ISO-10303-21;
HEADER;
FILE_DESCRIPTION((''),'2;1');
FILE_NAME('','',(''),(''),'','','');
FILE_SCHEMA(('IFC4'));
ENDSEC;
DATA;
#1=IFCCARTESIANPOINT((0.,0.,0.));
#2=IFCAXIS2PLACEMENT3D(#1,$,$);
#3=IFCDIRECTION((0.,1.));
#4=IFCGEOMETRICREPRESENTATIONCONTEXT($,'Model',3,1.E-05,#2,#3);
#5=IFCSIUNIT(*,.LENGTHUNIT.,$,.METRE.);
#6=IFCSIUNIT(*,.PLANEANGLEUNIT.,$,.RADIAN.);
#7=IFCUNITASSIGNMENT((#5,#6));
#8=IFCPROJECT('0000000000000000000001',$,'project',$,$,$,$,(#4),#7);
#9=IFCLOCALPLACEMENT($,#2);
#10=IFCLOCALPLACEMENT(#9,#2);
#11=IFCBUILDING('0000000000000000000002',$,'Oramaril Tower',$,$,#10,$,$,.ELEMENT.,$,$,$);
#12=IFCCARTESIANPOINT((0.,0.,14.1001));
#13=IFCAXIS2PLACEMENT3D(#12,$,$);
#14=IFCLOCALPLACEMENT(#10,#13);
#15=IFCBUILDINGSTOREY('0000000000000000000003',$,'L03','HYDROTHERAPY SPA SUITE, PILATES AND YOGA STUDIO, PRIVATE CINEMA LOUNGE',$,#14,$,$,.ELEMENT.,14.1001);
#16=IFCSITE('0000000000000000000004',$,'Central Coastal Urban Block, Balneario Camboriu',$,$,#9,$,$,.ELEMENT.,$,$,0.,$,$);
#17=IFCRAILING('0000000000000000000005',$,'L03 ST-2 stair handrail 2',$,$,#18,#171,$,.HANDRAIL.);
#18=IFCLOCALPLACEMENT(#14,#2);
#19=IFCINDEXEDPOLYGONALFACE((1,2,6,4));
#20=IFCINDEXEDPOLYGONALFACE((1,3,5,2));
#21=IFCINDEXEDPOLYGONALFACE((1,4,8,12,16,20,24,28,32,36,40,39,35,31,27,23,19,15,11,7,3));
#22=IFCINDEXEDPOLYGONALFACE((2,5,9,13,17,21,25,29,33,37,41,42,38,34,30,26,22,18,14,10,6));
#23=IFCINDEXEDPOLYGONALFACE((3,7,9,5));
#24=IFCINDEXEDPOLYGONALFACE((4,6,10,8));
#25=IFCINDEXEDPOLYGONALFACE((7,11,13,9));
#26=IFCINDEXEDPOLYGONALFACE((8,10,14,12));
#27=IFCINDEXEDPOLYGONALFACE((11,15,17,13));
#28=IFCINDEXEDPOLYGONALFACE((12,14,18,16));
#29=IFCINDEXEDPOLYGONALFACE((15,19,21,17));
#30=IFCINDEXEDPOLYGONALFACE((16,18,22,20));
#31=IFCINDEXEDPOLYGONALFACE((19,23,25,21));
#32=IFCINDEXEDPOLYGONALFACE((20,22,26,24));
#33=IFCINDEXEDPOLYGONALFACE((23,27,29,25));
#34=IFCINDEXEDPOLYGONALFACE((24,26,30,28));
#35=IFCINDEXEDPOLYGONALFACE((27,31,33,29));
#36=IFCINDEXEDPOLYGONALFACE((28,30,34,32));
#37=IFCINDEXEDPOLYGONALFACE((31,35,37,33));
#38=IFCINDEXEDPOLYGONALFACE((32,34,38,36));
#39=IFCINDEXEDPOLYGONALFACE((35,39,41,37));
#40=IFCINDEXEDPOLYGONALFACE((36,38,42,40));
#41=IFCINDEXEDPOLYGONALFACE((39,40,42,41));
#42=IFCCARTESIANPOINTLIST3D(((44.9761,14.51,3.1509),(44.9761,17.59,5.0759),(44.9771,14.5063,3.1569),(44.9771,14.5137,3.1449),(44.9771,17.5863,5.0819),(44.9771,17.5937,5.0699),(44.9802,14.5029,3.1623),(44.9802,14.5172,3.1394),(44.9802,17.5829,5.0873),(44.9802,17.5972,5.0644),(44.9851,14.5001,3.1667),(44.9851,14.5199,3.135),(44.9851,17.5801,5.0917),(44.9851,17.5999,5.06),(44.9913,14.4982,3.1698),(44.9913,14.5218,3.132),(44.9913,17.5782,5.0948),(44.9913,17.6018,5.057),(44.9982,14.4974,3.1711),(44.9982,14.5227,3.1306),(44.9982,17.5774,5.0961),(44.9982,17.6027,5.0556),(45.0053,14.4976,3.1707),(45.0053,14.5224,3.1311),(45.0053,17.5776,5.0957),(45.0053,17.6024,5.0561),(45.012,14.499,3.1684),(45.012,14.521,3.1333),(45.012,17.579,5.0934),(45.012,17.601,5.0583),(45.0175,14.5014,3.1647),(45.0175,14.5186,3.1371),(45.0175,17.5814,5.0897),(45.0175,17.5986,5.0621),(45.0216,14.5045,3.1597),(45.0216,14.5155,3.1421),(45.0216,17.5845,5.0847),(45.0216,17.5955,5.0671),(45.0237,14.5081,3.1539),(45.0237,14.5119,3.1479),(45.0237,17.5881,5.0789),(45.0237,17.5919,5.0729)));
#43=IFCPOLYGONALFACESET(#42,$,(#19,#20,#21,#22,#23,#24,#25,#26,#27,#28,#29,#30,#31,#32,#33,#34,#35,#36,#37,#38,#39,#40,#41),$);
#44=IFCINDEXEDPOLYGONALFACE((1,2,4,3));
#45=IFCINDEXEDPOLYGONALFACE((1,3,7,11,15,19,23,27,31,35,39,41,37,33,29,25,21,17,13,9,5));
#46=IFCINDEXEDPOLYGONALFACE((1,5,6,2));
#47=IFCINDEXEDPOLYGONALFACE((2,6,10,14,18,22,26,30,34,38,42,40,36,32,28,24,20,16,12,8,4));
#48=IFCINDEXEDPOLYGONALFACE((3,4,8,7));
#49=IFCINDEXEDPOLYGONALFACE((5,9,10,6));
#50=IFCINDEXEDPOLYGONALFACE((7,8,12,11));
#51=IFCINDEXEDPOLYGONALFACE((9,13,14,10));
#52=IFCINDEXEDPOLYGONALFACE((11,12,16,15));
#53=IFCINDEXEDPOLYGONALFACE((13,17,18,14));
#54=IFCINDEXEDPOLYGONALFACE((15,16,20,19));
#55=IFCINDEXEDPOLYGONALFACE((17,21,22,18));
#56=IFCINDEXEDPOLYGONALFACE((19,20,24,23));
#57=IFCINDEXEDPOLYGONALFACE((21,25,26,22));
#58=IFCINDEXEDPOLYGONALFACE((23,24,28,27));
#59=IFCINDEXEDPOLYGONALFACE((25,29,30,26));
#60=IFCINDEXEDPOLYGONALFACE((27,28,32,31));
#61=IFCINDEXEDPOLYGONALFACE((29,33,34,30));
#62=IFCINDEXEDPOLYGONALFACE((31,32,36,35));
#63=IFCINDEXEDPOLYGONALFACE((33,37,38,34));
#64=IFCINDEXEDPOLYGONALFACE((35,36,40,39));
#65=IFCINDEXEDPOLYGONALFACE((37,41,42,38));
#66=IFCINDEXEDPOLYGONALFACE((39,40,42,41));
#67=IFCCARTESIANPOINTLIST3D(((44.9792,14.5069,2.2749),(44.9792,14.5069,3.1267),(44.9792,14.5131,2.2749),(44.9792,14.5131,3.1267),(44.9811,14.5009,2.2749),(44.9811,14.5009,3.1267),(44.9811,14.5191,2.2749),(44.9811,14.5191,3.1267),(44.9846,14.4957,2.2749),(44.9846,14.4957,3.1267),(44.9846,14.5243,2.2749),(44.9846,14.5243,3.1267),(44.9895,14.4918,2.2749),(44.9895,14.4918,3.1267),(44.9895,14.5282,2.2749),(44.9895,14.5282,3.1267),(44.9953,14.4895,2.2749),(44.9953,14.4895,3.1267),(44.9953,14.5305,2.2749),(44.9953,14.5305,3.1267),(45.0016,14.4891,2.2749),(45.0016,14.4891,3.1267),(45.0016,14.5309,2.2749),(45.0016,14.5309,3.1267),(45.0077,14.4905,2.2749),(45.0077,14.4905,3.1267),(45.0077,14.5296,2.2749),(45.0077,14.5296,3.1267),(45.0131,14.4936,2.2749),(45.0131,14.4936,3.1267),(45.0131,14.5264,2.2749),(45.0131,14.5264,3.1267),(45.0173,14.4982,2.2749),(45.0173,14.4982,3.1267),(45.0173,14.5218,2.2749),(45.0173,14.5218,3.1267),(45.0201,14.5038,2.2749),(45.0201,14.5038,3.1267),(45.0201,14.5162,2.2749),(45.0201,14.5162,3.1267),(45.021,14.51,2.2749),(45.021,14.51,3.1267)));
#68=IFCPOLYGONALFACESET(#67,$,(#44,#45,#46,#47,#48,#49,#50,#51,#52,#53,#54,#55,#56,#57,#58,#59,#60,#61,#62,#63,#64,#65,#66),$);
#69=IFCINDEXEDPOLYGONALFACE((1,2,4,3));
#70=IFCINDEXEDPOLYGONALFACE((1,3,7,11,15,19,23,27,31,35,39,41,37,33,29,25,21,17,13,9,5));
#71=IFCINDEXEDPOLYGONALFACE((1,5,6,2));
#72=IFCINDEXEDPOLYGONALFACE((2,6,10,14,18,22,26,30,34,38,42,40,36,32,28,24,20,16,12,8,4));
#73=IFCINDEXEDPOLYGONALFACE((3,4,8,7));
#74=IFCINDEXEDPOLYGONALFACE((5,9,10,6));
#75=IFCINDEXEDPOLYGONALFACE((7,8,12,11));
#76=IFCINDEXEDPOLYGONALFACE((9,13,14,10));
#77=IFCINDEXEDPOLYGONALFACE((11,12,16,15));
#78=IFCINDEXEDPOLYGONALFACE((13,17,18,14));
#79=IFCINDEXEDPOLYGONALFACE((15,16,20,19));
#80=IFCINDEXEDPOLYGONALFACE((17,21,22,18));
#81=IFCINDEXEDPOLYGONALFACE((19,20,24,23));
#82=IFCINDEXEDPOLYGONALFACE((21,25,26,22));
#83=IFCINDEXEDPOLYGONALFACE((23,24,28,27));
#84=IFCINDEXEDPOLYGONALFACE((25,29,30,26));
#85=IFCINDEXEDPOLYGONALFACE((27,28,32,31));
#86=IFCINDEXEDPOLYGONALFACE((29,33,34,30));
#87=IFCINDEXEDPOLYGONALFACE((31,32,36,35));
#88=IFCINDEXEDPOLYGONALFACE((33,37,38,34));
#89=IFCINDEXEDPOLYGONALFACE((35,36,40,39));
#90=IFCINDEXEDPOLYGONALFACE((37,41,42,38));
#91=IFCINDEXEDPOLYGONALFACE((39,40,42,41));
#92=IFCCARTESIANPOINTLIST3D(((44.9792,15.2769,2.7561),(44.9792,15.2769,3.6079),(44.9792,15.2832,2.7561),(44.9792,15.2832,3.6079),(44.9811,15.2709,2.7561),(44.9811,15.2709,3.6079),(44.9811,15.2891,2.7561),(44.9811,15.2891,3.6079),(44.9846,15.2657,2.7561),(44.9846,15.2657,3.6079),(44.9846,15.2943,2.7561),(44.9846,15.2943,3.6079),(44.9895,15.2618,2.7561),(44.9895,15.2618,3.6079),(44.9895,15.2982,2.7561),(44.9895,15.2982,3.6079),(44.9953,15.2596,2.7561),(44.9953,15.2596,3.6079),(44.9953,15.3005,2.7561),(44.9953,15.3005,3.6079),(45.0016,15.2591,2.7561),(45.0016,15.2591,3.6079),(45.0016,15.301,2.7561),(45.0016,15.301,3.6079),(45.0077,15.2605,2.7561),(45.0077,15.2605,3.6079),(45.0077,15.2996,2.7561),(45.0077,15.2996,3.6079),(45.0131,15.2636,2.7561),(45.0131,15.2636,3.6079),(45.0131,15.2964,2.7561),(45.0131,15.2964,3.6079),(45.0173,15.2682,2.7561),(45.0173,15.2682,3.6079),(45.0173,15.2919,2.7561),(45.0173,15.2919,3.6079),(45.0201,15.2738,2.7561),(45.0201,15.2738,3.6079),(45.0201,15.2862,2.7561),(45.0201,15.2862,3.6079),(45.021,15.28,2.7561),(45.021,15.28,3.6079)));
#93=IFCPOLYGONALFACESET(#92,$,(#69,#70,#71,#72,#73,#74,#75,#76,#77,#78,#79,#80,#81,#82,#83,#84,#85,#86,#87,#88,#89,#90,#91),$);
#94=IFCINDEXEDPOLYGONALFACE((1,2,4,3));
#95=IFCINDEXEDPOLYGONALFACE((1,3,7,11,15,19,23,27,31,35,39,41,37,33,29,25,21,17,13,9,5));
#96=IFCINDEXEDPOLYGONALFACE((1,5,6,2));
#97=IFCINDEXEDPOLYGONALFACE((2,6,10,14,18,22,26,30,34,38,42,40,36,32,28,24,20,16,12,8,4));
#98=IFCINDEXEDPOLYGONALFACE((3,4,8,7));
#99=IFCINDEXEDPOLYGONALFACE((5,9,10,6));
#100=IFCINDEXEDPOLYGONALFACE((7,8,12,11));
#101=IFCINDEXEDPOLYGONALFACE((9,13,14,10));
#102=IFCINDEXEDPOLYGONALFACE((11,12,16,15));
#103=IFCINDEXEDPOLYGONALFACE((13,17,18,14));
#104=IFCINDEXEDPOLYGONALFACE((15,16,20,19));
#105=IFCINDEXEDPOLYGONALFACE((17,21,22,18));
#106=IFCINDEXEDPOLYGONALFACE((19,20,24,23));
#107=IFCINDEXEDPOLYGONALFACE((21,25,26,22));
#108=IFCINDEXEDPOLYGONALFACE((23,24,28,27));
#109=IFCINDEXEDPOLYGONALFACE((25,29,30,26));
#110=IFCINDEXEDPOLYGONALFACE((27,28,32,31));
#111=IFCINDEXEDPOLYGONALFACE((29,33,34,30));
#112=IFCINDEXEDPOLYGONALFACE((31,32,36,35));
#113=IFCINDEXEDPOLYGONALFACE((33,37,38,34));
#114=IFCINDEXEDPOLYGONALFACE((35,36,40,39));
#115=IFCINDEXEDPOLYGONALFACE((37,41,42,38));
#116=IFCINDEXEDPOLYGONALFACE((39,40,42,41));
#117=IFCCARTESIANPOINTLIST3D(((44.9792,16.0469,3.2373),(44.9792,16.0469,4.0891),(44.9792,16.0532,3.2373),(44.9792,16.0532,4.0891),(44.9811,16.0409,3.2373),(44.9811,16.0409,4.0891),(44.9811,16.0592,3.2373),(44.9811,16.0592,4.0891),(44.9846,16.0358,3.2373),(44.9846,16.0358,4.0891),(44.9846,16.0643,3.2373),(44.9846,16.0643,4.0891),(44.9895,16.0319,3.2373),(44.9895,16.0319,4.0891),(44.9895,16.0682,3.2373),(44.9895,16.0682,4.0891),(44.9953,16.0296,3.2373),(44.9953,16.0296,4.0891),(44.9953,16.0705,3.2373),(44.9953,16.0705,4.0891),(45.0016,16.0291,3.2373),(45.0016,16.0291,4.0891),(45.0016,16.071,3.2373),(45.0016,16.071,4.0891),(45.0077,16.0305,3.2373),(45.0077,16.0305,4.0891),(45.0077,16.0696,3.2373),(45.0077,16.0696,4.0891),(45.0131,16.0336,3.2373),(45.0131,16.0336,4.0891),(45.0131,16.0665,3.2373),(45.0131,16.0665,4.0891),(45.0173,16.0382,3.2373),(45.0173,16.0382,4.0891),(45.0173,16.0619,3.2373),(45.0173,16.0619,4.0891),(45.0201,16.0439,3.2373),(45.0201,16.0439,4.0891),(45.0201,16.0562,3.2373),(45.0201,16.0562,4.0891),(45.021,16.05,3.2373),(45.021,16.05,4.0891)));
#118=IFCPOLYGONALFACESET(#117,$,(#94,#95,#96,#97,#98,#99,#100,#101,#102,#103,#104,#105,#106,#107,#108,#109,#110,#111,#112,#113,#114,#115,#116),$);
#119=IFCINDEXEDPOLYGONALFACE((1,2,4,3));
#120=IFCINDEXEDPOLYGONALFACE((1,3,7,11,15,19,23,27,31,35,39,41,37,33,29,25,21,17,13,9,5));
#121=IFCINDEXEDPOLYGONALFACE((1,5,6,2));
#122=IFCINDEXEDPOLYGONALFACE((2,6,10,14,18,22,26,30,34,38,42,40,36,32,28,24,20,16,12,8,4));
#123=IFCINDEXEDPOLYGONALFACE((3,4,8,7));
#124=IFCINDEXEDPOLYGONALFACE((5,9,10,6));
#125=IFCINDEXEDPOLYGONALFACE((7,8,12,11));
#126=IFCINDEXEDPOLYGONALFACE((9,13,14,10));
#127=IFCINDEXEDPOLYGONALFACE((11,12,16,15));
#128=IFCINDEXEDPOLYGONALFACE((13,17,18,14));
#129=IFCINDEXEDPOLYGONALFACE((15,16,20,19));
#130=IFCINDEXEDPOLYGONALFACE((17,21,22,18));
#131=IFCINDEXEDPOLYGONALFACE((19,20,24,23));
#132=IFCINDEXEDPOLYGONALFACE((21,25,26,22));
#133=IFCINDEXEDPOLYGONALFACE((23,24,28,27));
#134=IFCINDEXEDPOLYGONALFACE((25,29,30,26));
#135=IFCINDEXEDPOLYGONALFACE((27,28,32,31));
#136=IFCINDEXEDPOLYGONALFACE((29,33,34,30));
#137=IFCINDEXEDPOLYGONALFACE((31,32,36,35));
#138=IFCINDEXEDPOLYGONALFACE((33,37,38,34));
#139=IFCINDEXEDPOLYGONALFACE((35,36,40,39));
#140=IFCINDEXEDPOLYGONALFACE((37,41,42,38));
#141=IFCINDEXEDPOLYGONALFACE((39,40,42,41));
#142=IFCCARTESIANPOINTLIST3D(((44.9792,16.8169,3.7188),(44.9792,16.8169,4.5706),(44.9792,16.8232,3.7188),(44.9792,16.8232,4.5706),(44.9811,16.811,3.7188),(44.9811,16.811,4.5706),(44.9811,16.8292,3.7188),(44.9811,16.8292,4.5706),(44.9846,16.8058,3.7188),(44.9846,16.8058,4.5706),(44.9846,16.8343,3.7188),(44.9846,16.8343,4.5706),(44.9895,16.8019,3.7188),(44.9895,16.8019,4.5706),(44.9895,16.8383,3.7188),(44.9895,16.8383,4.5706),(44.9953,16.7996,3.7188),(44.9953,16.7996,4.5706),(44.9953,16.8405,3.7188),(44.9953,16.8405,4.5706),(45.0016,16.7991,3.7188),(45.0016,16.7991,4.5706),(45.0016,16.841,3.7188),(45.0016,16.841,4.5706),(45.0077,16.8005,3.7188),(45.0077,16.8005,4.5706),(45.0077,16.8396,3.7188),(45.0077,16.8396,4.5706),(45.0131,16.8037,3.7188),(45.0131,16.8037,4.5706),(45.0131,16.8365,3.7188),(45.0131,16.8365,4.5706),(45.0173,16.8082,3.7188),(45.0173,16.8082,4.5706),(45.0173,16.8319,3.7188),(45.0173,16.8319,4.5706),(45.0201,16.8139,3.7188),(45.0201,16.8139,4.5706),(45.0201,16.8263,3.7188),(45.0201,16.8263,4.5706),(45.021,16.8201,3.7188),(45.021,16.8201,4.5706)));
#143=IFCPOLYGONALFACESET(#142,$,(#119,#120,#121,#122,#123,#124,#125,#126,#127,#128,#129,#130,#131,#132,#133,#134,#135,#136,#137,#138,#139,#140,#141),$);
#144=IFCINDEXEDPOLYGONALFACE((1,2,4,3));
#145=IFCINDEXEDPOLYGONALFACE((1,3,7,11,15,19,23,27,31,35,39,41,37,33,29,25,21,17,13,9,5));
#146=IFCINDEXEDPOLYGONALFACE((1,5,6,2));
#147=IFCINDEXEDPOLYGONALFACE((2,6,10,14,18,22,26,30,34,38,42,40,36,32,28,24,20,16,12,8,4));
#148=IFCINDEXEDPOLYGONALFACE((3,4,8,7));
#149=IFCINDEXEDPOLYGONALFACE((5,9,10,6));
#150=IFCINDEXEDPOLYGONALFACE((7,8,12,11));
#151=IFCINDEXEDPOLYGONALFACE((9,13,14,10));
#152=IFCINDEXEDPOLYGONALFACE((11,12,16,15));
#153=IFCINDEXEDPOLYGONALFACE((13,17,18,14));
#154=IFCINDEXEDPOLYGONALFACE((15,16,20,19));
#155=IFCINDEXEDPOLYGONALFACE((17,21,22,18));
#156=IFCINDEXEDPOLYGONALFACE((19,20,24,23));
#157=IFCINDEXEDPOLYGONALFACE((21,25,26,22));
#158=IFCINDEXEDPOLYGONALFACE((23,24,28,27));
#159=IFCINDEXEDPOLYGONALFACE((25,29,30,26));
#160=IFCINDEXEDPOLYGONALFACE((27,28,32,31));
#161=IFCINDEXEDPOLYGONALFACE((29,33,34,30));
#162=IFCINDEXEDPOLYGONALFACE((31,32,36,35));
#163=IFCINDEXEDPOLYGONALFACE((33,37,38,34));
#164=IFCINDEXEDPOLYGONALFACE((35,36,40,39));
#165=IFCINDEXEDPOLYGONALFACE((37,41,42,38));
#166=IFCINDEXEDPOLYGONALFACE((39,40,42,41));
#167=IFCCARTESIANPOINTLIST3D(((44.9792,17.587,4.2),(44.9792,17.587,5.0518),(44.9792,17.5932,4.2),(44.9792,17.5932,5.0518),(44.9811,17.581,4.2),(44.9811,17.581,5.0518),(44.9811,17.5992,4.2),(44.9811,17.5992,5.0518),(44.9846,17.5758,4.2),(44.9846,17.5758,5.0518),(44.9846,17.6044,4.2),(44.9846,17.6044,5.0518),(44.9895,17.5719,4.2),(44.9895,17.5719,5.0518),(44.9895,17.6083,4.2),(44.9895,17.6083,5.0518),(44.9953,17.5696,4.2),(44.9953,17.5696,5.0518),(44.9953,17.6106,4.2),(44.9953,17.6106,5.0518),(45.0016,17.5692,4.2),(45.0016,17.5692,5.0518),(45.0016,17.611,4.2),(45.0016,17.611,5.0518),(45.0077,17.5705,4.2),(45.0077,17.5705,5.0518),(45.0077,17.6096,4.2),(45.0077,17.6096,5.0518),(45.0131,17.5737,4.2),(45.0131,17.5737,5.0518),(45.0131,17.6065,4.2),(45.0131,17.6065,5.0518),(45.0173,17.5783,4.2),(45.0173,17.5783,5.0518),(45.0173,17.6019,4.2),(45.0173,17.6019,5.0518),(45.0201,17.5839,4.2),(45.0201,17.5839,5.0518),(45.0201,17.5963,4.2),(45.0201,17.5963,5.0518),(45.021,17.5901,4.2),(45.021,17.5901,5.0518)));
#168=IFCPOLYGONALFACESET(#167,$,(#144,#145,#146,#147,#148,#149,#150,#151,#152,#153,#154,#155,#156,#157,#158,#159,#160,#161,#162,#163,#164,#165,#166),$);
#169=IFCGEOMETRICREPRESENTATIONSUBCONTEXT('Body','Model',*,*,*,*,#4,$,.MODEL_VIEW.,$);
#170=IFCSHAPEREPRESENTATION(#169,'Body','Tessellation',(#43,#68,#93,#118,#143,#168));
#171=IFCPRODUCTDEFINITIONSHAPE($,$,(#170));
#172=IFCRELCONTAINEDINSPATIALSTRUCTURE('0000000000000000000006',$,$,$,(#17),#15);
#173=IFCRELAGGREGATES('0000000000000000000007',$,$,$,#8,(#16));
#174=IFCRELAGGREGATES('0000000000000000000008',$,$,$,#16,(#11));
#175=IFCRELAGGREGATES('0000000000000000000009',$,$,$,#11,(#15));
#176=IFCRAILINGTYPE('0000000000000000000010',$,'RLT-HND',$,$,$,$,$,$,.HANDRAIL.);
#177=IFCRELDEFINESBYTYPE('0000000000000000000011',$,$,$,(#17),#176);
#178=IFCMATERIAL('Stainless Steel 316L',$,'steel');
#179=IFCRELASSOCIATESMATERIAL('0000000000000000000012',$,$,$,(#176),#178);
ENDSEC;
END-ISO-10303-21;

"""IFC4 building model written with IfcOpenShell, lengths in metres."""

from ifc_helpers import new_model, si_unit, direction, frame, origin, origin_2d, place, context, subcontext, project, spatial, circle, extrude, material, type_object, element, save


model = new_model("IFC4")

# Units and contexts
model_context = context("Model", 3, precision=1e-05, world=origin(), true_north=direction((0.0, 1.0)))
body_context = subcontext(model_context, "Body", "Model", "MODEL_VIEW")
ifc_project = project(units=[si_unit("LENGTHUNIT", "METRE"), si_unit("PLANEANGLEUNIT", "RADIAN")], contexts=[model_context])

# Site, building, storey
site_placement = place(None, origin())
site = spatial("IfcSite", under=ifc_project, at=site_placement, Name="Central Coastal Urban Block, Balneario Camboriu", CompositionType="ELEMENT", RefElevation=0.0)
building_placement = place(site_placement, origin())
building = spatial("IfcBuilding", under=site, at=building_placement, Name="Oramaril Tower", CompositionType="ELEMENT")
storey_placement = place(building_placement, frame((0.0, 0.0, 14.1001)))
storey = spatial("IfcBuildingStorey", under=building, at=storey_placement, Name="L03", Description="HYDROTHERAPY SPA SUITE, PILATES AND YOGA STUDIO, PRIVATE CINEMA LOUNGE", CompositionType="ELEMENT", Elevation=14.1001)

# Railing
ifc_material_1 = material(Name="Stainless Steel 316L", Category="steel")
railing_type_1 = type_object("IfcRailingType", Name="RLT-HND", PredefinedType="HANDRAIL", material=ifc_material_1)
railing_1_placement = place(storey_placement, frame((45.0, 14.51, 2.2749)))
element("IfcRailing", 1, at=railing_1_placement, inside=storey, type_object=railing_type_1, Name="L03 ST-2 stair handrail 2", PredefinedType="HANDRAIL", context=body_context, shape_type="SweptSolid", body=[
    extrude(circle(Radius=0.0239, at=origin_2d()), frame((0.0, 0.0, 0.876), z_axis=(0.0, 0.847998, 0.529999), x_axis=(-1.0, 0.0, 0.0)), (0.0, 0.0, 1.0), 3.6321),
    extrude(circle(Radius=0.021, at=origin_2d()), origin(), (0.0, 0.0, 1.0), 0.8518),
    extrude(circle(Radius=0.021, at=origin_2d()), frame((0.0, 0.77, 0.4812)), (0.0, 0.0, 1.0), 0.8518),
    extrude(circle(Radius=0.021, at=origin_2d()), frame((0.0, 1.54, 0.9624)), (0.0, 0.0, 1.0), 0.8518),
    extrude(circle(Radius=0.021, at=origin_2d()), frame((0.0, 2.3101, 1.4438)), (0.0, 0.0, 1.0), 0.8518),
    extrude(circle(Radius=0.021, at=origin_2d()), frame((0.0, 3.0801, 1.925)), (0.0, 0.0, 1.0), 0.8518),
])

save(model, "model.ifc")
